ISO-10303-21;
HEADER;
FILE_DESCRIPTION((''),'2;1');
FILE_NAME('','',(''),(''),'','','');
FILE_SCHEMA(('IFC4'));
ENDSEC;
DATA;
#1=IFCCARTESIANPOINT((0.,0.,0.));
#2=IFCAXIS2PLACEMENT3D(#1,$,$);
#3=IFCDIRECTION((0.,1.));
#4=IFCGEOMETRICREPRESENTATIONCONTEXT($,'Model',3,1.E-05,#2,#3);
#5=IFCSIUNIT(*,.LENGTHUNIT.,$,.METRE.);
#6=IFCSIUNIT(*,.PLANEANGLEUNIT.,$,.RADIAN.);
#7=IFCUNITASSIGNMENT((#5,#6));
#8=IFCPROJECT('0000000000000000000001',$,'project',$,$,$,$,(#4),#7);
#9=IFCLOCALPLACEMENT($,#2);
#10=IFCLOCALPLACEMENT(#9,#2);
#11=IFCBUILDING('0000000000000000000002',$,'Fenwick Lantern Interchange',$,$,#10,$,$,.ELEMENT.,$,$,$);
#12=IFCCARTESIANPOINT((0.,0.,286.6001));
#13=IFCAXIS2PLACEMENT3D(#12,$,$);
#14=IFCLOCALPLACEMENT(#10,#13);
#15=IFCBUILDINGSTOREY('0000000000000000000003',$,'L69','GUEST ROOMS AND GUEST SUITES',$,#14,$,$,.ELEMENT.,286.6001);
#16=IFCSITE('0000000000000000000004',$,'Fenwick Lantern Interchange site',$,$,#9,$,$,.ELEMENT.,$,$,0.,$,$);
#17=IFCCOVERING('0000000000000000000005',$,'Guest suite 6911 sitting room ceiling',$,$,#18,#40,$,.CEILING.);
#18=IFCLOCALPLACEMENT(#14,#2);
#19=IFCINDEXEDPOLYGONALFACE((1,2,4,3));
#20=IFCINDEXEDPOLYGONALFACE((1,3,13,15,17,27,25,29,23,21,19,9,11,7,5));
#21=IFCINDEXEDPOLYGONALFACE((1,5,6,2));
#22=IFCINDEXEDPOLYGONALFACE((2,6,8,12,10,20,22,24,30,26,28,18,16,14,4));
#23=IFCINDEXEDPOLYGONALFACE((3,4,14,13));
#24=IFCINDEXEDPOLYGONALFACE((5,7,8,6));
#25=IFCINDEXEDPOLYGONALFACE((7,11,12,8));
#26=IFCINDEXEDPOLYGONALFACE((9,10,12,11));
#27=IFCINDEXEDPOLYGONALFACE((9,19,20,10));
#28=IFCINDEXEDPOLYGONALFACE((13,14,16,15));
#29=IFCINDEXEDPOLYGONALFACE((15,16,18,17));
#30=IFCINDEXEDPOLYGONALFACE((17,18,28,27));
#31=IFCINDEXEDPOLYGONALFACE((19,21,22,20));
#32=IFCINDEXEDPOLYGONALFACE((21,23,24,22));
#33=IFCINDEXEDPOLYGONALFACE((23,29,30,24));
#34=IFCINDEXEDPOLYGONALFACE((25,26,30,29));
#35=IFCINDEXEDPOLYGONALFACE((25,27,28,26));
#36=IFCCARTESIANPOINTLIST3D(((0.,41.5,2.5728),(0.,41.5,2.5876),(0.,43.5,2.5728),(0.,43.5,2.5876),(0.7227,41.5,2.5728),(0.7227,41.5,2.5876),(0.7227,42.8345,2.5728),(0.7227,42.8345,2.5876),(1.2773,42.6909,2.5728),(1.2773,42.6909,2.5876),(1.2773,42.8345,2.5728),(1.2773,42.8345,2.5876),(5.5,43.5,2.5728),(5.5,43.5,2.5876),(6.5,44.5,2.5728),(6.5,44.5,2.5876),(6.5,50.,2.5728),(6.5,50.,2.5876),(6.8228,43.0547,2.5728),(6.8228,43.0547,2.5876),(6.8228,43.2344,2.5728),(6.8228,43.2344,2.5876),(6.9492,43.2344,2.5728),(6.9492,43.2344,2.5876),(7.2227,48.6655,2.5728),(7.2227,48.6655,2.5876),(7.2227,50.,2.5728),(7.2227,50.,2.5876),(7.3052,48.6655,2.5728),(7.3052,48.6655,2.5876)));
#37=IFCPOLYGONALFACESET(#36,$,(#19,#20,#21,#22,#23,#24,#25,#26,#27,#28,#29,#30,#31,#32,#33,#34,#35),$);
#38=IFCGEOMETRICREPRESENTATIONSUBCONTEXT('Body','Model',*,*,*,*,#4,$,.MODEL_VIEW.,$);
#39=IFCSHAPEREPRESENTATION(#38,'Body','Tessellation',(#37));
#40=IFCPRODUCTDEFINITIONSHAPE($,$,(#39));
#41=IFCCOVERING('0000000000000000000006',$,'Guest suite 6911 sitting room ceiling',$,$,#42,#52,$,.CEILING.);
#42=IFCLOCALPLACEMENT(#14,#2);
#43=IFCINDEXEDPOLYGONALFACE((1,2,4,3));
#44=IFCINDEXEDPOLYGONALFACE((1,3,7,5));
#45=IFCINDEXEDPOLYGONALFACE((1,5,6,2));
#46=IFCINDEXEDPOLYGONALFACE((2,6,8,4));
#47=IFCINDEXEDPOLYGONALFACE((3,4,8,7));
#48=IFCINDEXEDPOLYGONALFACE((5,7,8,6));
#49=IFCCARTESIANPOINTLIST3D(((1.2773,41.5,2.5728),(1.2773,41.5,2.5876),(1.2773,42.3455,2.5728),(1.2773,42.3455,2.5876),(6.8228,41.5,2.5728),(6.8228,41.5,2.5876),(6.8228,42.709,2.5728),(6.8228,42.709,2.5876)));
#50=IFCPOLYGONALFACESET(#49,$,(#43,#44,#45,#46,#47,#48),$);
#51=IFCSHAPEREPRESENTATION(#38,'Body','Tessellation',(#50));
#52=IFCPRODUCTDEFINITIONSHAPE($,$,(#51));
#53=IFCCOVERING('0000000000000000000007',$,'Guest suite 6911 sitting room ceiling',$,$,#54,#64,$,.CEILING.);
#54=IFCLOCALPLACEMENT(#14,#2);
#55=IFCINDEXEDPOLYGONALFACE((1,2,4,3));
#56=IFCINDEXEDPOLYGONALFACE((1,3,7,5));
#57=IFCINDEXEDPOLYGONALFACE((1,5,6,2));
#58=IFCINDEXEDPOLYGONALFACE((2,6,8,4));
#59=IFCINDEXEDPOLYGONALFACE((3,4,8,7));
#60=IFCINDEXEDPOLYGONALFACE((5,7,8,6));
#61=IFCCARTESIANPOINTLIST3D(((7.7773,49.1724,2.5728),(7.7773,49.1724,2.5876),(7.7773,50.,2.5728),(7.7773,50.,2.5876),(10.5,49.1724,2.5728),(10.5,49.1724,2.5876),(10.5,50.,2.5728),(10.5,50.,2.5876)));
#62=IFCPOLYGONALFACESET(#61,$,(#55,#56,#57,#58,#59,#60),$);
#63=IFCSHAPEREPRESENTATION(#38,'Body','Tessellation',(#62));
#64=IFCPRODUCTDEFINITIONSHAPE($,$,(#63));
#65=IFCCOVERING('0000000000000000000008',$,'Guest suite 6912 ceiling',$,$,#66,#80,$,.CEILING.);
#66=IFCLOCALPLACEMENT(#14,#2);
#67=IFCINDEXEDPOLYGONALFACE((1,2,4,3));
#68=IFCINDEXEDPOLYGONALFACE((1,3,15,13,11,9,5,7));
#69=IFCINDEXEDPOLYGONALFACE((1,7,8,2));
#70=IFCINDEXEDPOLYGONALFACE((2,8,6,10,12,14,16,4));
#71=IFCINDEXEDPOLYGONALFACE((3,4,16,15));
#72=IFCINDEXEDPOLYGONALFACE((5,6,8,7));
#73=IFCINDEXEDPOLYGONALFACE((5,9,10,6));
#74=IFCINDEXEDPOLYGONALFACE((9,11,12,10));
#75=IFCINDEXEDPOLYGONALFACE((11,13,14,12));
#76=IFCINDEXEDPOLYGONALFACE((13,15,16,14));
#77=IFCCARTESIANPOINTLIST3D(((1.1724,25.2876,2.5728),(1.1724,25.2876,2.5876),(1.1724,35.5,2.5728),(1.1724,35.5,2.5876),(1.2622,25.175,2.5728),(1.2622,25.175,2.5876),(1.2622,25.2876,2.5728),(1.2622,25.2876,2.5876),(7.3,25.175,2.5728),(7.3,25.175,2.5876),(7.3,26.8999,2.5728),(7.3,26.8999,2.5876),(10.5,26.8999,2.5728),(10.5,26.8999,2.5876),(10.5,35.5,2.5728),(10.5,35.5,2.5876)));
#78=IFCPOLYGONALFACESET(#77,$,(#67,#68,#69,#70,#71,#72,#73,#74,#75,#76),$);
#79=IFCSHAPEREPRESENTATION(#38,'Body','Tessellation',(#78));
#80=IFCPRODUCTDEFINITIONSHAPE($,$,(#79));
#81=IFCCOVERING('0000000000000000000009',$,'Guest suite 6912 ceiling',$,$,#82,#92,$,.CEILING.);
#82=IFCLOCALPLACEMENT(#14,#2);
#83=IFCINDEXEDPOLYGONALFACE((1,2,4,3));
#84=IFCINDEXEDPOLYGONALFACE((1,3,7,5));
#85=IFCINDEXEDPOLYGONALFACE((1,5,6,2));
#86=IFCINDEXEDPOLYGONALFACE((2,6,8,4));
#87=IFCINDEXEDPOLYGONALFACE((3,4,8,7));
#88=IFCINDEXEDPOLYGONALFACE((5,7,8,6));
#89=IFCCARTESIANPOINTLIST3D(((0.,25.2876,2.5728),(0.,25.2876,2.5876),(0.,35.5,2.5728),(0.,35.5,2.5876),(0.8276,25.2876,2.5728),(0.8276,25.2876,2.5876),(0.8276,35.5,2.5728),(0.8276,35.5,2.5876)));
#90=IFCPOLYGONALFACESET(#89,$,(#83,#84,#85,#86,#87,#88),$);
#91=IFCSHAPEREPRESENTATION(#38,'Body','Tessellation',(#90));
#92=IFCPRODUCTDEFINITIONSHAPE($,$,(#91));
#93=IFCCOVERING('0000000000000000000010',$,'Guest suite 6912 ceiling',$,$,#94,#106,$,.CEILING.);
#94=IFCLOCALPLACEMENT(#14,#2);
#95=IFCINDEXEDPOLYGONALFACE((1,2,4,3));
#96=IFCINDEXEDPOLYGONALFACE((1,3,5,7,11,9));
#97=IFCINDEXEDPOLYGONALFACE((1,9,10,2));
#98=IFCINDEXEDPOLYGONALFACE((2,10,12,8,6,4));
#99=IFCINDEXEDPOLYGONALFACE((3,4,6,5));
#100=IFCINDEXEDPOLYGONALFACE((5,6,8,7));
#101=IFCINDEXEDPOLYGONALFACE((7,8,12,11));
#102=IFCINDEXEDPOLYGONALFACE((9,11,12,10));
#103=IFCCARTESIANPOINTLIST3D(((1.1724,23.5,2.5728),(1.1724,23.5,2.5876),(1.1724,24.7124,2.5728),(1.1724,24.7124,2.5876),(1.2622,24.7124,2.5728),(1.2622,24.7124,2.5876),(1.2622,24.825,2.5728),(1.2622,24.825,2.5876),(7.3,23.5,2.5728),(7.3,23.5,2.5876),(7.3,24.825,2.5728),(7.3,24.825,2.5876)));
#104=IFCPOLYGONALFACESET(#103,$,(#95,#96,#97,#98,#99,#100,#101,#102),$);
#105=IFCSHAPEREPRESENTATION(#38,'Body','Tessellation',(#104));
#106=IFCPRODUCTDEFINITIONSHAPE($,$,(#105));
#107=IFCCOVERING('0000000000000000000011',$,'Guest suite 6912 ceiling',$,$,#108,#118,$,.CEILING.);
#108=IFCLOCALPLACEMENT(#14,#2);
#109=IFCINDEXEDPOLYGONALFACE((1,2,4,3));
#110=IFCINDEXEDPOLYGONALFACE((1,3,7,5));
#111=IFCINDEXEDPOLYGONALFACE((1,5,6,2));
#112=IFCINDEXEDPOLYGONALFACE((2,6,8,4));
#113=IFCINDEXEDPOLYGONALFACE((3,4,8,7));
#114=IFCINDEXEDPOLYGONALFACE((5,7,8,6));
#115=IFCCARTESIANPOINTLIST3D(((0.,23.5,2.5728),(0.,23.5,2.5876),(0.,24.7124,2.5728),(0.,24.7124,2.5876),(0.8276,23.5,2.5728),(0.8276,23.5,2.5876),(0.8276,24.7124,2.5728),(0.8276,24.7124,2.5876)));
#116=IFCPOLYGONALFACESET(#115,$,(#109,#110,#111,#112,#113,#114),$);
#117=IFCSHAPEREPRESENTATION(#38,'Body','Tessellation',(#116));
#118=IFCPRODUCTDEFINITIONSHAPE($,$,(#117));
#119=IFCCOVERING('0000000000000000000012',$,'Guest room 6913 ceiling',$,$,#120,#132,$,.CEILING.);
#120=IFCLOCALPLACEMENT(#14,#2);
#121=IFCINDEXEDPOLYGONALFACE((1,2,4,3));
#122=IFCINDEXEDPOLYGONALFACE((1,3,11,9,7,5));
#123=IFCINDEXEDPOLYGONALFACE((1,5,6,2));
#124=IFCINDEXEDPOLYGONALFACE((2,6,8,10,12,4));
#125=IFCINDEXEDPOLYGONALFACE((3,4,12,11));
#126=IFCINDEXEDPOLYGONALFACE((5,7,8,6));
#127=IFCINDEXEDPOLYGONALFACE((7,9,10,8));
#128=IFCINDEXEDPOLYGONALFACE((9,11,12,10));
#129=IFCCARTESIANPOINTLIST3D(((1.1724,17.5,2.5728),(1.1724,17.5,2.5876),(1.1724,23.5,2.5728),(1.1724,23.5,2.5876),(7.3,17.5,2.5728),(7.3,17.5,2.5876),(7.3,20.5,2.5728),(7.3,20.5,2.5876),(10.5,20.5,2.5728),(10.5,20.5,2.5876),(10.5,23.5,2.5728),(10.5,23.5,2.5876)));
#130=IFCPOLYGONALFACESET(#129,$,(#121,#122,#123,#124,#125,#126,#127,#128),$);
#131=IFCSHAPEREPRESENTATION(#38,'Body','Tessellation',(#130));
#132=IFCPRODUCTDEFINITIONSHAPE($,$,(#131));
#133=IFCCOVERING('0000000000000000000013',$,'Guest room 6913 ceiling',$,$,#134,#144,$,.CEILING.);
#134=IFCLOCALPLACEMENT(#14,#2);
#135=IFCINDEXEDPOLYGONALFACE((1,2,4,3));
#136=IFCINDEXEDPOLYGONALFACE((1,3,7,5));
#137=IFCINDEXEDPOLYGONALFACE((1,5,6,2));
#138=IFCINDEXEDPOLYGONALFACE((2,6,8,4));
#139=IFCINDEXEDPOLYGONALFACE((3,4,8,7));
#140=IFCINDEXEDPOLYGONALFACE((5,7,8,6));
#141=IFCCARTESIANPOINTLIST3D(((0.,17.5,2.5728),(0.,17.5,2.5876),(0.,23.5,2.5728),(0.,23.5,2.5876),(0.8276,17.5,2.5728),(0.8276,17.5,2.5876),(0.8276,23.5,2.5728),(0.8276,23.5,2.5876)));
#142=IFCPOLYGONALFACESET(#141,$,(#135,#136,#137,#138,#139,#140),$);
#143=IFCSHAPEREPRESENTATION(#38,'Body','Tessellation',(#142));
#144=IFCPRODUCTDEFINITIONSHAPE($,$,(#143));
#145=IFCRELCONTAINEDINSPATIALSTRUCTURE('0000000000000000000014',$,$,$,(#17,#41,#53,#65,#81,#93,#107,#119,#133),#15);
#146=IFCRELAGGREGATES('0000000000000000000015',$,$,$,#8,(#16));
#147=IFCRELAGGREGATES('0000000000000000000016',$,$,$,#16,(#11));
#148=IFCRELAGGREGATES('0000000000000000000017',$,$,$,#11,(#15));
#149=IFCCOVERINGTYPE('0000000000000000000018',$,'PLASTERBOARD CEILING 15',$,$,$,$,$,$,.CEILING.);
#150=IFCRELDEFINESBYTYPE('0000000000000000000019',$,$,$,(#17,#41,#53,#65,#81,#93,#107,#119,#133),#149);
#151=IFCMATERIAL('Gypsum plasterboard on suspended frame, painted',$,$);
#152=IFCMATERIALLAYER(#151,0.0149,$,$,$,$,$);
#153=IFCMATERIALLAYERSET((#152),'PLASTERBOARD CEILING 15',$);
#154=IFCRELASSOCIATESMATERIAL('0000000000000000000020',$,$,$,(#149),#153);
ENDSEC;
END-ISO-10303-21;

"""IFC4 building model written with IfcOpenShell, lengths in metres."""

from ifc_helpers import new_model, si_unit, direction, frame, origin, place, context, subcontext, project, spatial, polyline, outline, extrude, material, layer, layer_set, type_object, element, save


model = new_model("IFC4")

# Units and contexts
model_context = context("Model", 3, precision=1e-05, world=origin(), true_north=direction((0.0, 1.0)))
body_context = subcontext(model_context, "Body", "Model", "MODEL_VIEW")
ifc_project = project(units=[si_unit("LENGTHUNIT", "METRE"), si_unit("PLANEANGLEUNIT", "RADIAN")], contexts=[model_context])

# Site, building, storey
site_placement = place(None, origin())
site = spatial("IfcSite", under=ifc_project, at=site_placement, Name="Fenwick Lantern Interchange site", CompositionType="ELEMENT", RefElevation=0.0)
building_placement = place(site_placement, origin())
building = spatial("IfcBuilding", under=site, at=building_placement, Name="Fenwick Lantern Interchange", CompositionType="ELEMENT")
storey_placement = place(building_placement, frame((0.0, 0.0, 286.6001)))
storey = spatial("IfcBuildingStorey", under=building, at=storey_placement, Name="L69", Description="GUEST ROOMS AND GUEST SUITES", CompositionType="ELEMENT", Elevation=286.6001)

# Coverings
ifc_material_1 = material(Name="Gypsum plasterboard on suspended frame, painted")
ifc_layer_1 = layer(ifc_material_1, 0.0149)
ifc_layer_set_1 = layer_set([ifc_layer_1], Name="PLASTERBOARD CEILING 15")
covering_type_1 = type_object("IfcCoveringType", Name="PLASTERBOARD CEILING 15", PredefinedType="CEILING", material=ifc_layer_set_1)
covering_1_placement = place(storey_placement, frame((0.0, 0.0, 2.5728)))
element("IfcCovering", 1, at=covering_1_placement, inside=storey, type_object=covering_type_1, Name="Guest suite 6911 sitting room ceiling", PredefinedType="CEILING", context=body_context, shape_type="SweptSolid", body=[
    extrude(outline(polyline([(7.2227, 48.6655), (7.2227, 50.0), (6.5, 50.0), (6.5, 44.5), (5.5, 43.5), (0.0, 43.5), (0.0, 41.5), (0.7227, 41.5), (0.7227, 42.8345), (1.2773, 42.8345), (1.2773, 42.6909), (6.8228, 43.0547), (6.8228, 43.2344), (6.9492, 43.2344), (7.3052, 48.6655), (7.2227, 48.6655)])), origin(), (0.0, 0.0, 1.0), 0.0149),
])
covering_2_placement = place(storey_placement, frame((0.0, 0.0, 2.5728)))
element("IfcCovering", 2, at=covering_2_placement, inside=storey, type_object=covering_type_1, Name="Guest suite 6911 sitting room ceiling", PredefinedType="CEILING", context=body_context, shape_type="SweptSolid", body=[
    extrude(outline(polyline([(6.8228, 41.5), (6.8228, 42.709), (1.2773, 42.3455), (1.2773, 41.5), (6.8228, 41.5)])), origin(), (0.0, 0.0, 1.0), 0.0149),
])
covering_3_placement = place(storey_placement, frame((0.0, 0.0, 2.5728)))
element("IfcCovering", 3, at=covering_3_placement, inside=storey, type_object=covering_type_1, Name="Guest suite 6911 sitting room ceiling", PredefinedType="CEILING", context=body_context, shape_type="SweptSolid", body=[
    extrude(outline(polyline([(7.7773, 50.0), (7.7773, 49.1724), (10.5, 49.1724), (10.5, 50.0), (7.7773, 50.0)])), origin(), (0.0, 0.0, 1.0), 0.0149),
])
covering_4_placement = place(storey_placement, frame((0.0, 0.0, 2.5728)))
element("IfcCovering", 4, at=covering_4_placement, inside=storey, type_object=covering_type_1, Name="Guest suite 6912 ceiling", PredefinedType="CEILING", context=body_context, shape_type="SweptSolid", body=[
    extrude(outline(polyline([(1.2622, 25.2876), (1.2622, 25.175), (7.3, 25.175), (7.3, 26.8999), (10.5, 26.8999), (10.5, 35.5), (1.1724, 35.5), (1.1724, 25.2876), (1.2622, 25.2876)])), origin(), (0.0, 0.0, 1.0), 0.0149),
])
covering_5_placement = place(storey_placement, frame((0.0, 0.0, 2.5728)))
element("IfcCovering", 5, at=covering_5_placement, inside=storey, type_object=covering_type_1, Name="Guest suite 6912 ceiling", PredefinedType="CEILING", context=body_context, shape_type="SweptSolid", body=[
    extrude(outline(polyline([(0.0, 25.2876), (0.8276, 25.2876), (0.8276, 35.5), (0.0, 35.5), (0.0, 25.2876)])), origin(), (0.0, 0.0, 1.0), 0.0149),
])
covering_6_placement = place(storey_placement, frame((0.0, 0.0, 2.5728)))
element("IfcCovering", 6, at=covering_6_placement, inside=storey, type_object=covering_type_1, Name="Guest suite 6912 ceiling", PredefinedType="CEILING", context=body_context, shape_type="SweptSolid", body=[
    extrude(outline(polyline([(1.2622, 24.7124), (1.1724, 24.7124), (1.1724, 23.5), (7.3, 23.5), (7.3, 24.825), (1.2622, 24.825), (1.2622, 24.7124)])), origin(), (0.0, 0.0, 1.0), 0.0149),
])
covering_7_placement = place(storey_placement, frame((0.0, 0.0, 2.5728)))
element("IfcCovering", 7, at=covering_7_placement, inside=storey, type_object=covering_type_1, Name="Guest suite 6912 ceiling", PredefinedType="CEILING", context=body_context, shape_type="SweptSolid", body=[
    extrude(outline(polyline([(0.8276, 24.7124), (0.0, 24.7124), (0.0, 23.5), (0.8276, 23.5), (0.8276, 24.7124)])), origin(), (0.0, 0.0, 1.0), 0.0149),
])
covering_8_placement = place(storey_placement, frame((0.0, 0.0, 2.5728)))
element("IfcCovering", 8, at=covering_8_placement, inside=storey, type_object=covering_type_1, Name="Guest room 6913 ceiling", PredefinedType="CEILING", context=body_context, shape_type="SweptSolid", body=[
    extrude(outline(polyline([(10.5, 23.5), (1.1724, 23.5), (1.1724, 17.5), (7.3, 17.5), (7.3, 20.5), (10.5, 20.5), (10.5, 23.5)])), origin(), (0.0, 0.0, 1.0), 0.0149),
])
covering_9_placement = place(storey_placement, frame((0.0, 0.0, 2.5728)))
element("IfcCovering", 9, at=covering_9_placement, inside=storey, type_object=covering_type_1, Name="Guest room 6913 ceiling", PredefinedType="CEILING", context=body_context, shape_type="SweptSolid", body=[
    extrude(outline(polyline([(0.0, 23.5), (0.0, 17.5), (0.8276, 17.5), (0.8276, 23.5), (0.0, 23.5)])), origin(), (0.0, 0.0, 1.0), 0.0149),
])

save(model, "model.ifc")
